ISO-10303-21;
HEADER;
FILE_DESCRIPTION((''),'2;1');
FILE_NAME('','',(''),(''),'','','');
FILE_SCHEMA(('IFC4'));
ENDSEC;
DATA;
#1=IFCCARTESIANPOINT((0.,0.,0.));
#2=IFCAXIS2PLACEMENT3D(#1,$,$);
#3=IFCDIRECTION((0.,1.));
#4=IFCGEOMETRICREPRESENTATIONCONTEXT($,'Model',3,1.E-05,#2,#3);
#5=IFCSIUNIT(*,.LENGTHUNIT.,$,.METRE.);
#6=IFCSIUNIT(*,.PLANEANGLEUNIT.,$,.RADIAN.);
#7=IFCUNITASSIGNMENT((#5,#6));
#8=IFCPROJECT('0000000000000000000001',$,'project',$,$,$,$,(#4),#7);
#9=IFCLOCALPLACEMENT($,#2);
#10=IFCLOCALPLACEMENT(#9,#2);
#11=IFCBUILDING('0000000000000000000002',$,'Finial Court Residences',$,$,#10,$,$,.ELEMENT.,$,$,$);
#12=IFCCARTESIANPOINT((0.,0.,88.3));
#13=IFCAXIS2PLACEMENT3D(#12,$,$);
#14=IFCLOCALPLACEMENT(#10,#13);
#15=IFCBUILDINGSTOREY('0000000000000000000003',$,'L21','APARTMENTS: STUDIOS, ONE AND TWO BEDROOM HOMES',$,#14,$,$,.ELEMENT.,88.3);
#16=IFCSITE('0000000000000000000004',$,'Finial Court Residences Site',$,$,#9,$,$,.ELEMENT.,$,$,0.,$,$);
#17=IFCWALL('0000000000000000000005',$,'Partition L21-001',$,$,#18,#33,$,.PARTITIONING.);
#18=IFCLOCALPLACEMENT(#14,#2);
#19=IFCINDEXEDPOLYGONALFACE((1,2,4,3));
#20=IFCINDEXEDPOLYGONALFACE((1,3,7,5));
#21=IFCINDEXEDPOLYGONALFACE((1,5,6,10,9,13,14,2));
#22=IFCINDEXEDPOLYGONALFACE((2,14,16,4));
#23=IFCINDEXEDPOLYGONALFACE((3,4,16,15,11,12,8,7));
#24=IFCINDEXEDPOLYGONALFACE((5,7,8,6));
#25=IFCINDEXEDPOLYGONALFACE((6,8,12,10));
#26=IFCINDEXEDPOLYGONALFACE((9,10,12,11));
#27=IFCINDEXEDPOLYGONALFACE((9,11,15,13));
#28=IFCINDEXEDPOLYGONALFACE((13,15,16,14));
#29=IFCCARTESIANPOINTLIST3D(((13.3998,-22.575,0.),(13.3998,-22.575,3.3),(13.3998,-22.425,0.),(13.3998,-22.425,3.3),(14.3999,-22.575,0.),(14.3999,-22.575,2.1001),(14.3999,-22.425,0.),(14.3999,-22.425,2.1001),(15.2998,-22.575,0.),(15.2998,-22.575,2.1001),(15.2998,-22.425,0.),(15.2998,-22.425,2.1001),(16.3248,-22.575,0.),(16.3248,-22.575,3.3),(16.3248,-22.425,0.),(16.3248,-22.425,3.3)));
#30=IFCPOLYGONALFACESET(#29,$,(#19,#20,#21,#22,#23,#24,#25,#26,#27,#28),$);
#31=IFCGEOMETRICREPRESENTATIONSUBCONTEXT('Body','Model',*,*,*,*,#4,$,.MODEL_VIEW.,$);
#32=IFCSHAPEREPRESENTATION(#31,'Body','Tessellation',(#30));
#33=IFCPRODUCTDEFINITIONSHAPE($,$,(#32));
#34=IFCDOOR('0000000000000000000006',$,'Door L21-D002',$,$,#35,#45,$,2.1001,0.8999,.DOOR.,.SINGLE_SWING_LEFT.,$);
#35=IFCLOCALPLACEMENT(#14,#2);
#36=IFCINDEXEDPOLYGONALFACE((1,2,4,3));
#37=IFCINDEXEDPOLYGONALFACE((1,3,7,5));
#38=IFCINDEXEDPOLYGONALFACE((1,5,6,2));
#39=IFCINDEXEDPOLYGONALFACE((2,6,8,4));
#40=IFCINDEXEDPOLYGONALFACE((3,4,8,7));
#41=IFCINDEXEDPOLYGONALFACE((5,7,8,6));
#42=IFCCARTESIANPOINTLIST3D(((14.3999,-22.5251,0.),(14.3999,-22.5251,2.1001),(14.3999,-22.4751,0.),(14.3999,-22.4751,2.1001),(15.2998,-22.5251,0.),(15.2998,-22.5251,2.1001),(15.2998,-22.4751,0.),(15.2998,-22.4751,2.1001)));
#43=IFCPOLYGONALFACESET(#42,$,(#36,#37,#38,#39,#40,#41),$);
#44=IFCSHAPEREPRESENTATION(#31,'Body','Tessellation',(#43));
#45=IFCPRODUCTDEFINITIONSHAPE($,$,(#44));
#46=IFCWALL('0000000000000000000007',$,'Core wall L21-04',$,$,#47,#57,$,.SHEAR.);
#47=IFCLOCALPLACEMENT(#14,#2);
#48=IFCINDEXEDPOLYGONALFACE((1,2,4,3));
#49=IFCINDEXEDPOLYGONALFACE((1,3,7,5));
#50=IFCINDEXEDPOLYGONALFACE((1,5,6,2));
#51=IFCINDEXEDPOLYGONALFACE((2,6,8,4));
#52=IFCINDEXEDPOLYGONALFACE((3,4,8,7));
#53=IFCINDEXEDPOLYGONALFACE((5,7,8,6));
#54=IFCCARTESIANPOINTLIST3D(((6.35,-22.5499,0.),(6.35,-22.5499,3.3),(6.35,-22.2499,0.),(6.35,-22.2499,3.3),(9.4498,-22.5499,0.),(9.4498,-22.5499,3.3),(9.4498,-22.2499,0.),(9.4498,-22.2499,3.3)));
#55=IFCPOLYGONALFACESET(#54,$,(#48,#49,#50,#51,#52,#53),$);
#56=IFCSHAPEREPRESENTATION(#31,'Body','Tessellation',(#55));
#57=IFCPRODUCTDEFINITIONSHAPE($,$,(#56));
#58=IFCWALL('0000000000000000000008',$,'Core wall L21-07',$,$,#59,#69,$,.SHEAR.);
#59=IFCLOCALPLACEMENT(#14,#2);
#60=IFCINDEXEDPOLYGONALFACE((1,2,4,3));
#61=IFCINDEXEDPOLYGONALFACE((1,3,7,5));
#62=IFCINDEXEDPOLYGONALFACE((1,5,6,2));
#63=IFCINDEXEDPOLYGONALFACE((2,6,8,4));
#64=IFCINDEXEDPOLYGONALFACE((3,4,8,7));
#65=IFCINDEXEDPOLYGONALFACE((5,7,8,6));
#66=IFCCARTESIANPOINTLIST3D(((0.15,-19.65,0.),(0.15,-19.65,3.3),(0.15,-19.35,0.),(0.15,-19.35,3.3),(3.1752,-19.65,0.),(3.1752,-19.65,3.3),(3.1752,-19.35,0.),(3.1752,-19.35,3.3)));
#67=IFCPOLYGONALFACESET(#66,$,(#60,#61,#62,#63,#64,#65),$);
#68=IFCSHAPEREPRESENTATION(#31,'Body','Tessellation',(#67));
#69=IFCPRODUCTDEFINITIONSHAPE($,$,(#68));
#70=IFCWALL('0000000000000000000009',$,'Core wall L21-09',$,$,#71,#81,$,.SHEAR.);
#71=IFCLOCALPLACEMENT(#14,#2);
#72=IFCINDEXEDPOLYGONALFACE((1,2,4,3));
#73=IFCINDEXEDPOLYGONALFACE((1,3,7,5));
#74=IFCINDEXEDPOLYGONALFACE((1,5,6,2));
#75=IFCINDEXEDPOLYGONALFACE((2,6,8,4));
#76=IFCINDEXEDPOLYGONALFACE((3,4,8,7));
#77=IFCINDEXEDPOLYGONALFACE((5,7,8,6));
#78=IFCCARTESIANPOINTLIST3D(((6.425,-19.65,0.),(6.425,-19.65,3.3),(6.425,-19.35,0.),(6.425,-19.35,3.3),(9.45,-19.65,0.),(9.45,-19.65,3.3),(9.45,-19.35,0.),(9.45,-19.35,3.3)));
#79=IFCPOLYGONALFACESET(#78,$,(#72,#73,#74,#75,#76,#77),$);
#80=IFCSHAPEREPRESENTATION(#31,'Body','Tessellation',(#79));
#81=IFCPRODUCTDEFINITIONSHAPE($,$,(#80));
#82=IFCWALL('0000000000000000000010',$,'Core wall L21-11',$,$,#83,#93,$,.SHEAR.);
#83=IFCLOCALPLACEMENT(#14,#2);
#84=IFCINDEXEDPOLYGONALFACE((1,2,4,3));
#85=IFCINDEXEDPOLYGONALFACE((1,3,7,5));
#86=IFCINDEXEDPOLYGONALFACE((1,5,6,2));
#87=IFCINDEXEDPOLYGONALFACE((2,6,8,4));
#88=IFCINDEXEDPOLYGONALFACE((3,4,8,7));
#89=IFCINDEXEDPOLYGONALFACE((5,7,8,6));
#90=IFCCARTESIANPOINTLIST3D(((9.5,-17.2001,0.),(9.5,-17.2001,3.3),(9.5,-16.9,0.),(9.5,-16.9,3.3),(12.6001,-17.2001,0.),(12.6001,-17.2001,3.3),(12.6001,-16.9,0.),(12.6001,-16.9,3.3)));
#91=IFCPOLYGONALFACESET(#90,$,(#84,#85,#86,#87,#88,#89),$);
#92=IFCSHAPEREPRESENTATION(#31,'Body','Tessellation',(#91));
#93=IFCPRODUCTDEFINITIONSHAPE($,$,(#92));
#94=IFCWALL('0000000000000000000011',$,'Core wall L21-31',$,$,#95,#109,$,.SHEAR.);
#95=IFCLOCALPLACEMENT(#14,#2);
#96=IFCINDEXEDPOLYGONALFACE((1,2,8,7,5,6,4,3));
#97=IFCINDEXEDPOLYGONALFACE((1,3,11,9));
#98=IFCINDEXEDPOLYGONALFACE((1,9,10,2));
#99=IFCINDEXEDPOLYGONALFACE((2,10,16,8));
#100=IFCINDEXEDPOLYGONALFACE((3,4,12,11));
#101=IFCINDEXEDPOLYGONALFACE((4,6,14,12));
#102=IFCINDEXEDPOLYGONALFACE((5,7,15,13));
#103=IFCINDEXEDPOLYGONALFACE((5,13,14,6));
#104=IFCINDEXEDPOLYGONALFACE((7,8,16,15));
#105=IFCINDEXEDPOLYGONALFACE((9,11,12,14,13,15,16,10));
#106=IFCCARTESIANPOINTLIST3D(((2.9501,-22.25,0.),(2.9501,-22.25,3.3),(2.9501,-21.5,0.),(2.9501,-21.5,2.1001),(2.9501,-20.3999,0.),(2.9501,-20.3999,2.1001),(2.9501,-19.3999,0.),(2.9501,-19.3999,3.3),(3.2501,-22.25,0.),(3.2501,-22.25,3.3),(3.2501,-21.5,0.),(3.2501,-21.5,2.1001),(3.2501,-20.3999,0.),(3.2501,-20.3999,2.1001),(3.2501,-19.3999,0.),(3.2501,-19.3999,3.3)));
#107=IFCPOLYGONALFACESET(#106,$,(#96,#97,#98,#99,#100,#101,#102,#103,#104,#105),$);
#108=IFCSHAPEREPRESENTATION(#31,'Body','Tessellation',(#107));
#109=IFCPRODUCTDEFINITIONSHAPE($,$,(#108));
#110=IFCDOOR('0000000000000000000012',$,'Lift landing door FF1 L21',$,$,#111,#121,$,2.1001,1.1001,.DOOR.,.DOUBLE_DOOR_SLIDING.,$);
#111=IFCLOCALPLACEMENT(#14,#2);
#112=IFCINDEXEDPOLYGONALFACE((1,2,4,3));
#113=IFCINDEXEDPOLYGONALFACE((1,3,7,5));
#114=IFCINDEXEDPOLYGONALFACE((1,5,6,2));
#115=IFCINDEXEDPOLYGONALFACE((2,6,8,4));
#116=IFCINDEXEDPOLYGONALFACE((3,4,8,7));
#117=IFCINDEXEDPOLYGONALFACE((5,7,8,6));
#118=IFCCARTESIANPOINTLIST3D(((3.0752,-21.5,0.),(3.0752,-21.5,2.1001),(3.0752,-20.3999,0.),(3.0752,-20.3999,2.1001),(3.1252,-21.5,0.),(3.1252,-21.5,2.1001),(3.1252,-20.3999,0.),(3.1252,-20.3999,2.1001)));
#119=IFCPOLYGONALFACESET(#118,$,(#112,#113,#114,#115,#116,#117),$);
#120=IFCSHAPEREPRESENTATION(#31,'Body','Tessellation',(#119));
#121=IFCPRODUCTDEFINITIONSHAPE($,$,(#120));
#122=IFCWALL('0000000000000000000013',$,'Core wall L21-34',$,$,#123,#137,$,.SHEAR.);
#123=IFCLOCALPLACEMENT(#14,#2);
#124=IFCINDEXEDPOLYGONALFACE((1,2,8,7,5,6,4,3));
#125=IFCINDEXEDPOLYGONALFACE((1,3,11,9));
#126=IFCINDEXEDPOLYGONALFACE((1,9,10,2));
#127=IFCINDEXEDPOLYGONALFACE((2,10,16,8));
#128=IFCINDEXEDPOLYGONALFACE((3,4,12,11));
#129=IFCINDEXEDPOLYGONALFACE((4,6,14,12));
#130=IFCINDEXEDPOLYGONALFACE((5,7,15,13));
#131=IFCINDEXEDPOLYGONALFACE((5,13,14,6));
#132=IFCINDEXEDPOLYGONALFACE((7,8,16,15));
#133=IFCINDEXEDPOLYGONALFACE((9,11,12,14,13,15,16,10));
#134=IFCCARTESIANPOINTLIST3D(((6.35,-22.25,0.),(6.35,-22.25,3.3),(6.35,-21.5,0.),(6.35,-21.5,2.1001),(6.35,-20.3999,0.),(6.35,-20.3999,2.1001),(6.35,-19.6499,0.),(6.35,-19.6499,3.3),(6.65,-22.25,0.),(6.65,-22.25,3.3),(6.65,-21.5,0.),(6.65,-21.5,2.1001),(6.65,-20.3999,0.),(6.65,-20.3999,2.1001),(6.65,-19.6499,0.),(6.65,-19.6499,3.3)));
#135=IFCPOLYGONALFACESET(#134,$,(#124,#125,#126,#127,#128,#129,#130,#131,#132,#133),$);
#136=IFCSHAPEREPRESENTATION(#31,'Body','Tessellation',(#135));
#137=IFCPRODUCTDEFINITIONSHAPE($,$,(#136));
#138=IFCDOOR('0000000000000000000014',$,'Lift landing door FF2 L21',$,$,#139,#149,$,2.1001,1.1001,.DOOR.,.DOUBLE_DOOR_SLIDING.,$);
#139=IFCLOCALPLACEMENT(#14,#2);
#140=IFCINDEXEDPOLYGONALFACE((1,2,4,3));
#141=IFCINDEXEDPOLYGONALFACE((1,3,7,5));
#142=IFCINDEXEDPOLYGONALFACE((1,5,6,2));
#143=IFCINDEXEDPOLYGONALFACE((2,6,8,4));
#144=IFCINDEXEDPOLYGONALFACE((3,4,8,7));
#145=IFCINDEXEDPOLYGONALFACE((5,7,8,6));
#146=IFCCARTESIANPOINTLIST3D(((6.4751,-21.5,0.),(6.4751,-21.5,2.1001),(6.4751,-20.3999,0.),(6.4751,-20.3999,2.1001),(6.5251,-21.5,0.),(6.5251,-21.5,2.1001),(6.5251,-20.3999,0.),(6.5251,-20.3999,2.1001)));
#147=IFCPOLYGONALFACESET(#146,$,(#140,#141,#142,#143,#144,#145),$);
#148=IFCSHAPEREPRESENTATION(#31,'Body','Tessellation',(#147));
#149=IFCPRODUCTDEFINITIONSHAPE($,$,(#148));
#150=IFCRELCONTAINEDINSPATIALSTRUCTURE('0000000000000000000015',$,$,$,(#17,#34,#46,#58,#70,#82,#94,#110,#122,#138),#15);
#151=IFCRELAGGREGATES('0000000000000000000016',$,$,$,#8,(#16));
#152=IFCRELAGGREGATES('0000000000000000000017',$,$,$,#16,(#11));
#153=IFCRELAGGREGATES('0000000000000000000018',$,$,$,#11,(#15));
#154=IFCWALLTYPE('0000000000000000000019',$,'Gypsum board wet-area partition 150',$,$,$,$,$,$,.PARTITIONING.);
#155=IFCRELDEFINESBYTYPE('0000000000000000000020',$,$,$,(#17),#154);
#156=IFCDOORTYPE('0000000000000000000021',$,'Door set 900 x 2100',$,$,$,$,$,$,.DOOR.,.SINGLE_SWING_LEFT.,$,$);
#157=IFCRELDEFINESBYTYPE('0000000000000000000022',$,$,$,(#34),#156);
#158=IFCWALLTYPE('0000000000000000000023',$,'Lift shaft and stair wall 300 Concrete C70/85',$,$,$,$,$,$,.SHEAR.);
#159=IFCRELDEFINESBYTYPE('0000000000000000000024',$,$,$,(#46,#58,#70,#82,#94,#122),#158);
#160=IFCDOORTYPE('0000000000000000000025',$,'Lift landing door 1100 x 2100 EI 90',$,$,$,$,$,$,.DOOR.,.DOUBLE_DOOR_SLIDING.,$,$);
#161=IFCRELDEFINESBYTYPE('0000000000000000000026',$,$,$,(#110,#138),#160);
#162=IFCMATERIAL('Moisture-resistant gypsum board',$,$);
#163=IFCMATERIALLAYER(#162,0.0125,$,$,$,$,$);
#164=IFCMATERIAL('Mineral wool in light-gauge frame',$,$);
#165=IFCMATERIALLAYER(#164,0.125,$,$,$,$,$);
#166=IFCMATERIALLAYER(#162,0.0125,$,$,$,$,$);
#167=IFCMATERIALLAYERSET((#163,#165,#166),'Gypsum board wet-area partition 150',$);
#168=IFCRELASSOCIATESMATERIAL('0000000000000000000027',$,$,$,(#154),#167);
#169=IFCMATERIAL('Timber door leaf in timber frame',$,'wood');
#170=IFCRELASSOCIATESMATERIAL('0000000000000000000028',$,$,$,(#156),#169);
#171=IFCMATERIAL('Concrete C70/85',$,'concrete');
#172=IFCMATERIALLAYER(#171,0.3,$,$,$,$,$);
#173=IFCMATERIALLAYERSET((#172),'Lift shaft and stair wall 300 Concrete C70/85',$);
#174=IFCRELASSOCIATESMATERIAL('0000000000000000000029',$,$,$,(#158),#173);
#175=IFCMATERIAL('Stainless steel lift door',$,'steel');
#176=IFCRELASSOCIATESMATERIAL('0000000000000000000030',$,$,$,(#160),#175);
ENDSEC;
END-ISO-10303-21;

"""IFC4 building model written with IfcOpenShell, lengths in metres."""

from ifc_helpers import new_model, si_unit, direction, frame, frame_2d, origin, place, context, subcontext, project, spatial, rectangle, extrude, material, layer, layer_set, type_object, element, fill, save


model = new_model("IFC4")

# Units and contexts
model_context = context("Model", 3, precision=1e-05, world=origin(), true_north=direction((0.0, 1.0)))
body_context = subcontext(model_context, "Body", "Model", "MODEL_VIEW")
ifc_project = project(units=[si_unit("LENGTHUNIT", "METRE"), si_unit("PLANEANGLEUNIT", "RADIAN")], contexts=[model_context])

# Site, building, storey
site_placement = place(None, origin())
site = spatial("IfcSite", under=ifc_project, at=site_placement, Name="Finial Court Residences Site", CompositionType="ELEMENT", RefElevation=0.0)
building_placement = place(site_placement, origin())
building = spatial("IfcBuilding", under=site, at=building_placement, Name="Finial Court Residences", CompositionType="ELEMENT")
storey_placement = place(building_placement, frame((0.0, 0.0, 88.3)))
storey = spatial("IfcBuildingStorey", under=building, at=storey_placement, Name="L21", Description="APARTMENTS: STUDIOS, ONE AND TWO BEDROOM HOMES", CompositionType="ELEMENT", Elevation=88.3)

# Shared definitions
ifc_material_1 = material(Name="Concrete C70/85", Category="concrete")

# Wall, opening, door
ifc_material_2 = material(Name="Moisture-resistant gypsum board")
ifc_layer_1 = layer(ifc_material_2, 0.0125)
ifc_material_3 = material(Name="Mineral wool in light-gauge frame")
ifc_layer_2 = layer(ifc_material_3, 0.125)
ifc_layer_3 = layer(ifc_material_2, 0.0125)
ifc_layer_set_1 = layer_set([ifc_layer_1, ifc_layer_2, ifc_layer_3], Name="Gypsum board wet-area partition 150")
wall_type_1 = type_object("IfcWallType", Name="Gypsum board wet-area partition 150", PredefinedType="PARTITIONING", material=ifc_layer_set_1)
wall_1_placement = place(storey_placement, frame((13.3999, -22.5, 0.0), z_axis=(0.0, 0.0, 1.0), x_axis=(1.0, 0.0, 0.0)))
wall_1 = element("IfcWall", 1, at=wall_1_placement, inside=storey, type_object=wall_type_1, Name="Partition L21-001", PredefinedType="PARTITIONING", context=body_context, shape_type="SweptSolid", body=[
    extrude(rectangle(XDim=2.925, YDim=0.1499, at=frame_2d((1.4624, 0.0))), origin(), (0.0, 0.0, 1.0), 3.3),
])
opening_1_placement = place(wall_1_placement, frame((1.0, 0.0, 0.0)))
opening_1 = element("IfcOpeningElement", 2, at=opening_1_placement, cuts=wall_1, PredefinedType="OPENING", context=body_context, shape_type="SweptSolid", body=[
    extrude(rectangle(XDim=0.8999, YDim=2.1001, at=frame_2d((0.45, 1.05))), frame((0.0, 0.085, 0.0), z_axis=(0.0, -1.0, 0.0), x_axis=(1.0, 0.0, 0.0)), (0.0, 0.0, 1.0), 0.1699),
])
ifc_material_4 = material(Name="Timber door leaf in timber frame", Category="wood")
door_type_1 = type_object("IfcDoorType", Name="Door set 900 x 2100", OperationType="SINGLE_SWING_LEFT", PredefinedType="DOOR", material=ifc_material_4)
door_1_placement = place(opening_1_placement, origin())
door_1 = element("IfcDoor", 3, at=door_1_placement, inside=storey, type_object=door_type_1, Name="Door L21-D002", OperationType="SINGLE_SWING_LEFT", OverallHeight=2.1001, OverallWidth=0.8999, PredefinedType="DOOR", context=body_context, shape_type="SweptSolid", body=[
    extrude(rectangle(XDim=0.8999, YDim=2.1001, at=frame_2d((0.45, 1.05))), frame((0.0, 0.0249, 0.0), z_axis=(0.0, -1.0, 0.0), x_axis=(1.0, 0.0, 0.0)), (0.0, 0.0, 1.0), 0.05),
])
fill(opening_1, door_1)

# Walls
ifc_layer_4 = layer(ifc_material_1, 0.3)
ifc_layer_set_2 = layer_set([ifc_layer_4], Name="Lift shaft and stair wall 300 Concrete C70/85")
wall_type_2 = type_object("IfcWallType", Name="Lift shaft and stair wall 300 Concrete C70/85", PredefinedType="SHEAR", material=ifc_layer_set_2)
wall_2_placement = place(storey_placement, frame((6.3501, -22.3999, 0.0), z_axis=(0.0, 0.0, 1.0), x_axis=(1.0, 0.0, 0.0)))
element("IfcWall", 4, at=wall_2_placement, inside=storey, type_object=wall_type_2, Name="Core wall L21-04", PredefinedType="SHEAR", context=body_context, shape_type="SweptSolid", body=[
    extrude(rectangle(XDim=3.0999, YDim=0.3, at=frame_2d((1.5498, 0.0))), origin(), (0.0, 0.0, 1.0), 3.3),
])
wall_3_placement = place(storey_placement, frame((0.1499, -19.5, 0.0), z_axis=(0.0, 0.0, 1.0), x_axis=(1.0, 0.0, 0.0)))
element("IfcWall", 5, at=wall_3_placement, inside=storey, type_object=wall_type_2, Name="Core wall L21-07", PredefinedType="SHEAR", context=body_context, shape_type="SweptSolid", body=[
    extrude(rectangle(XDim=3.0251, YDim=0.3, at=frame_2d((1.5127, 0.0))), origin(), (0.0, 0.0, 1.0), 3.3),
])
wall_4_placement = place(storey_placement, frame((6.425, -19.5, 0.0), z_axis=(0.0, 0.0, 1.0), x_axis=(1.0, 0.0, 0.0)))
element("IfcWall", 6, at=wall_4_placement, inside=storey, type_object=wall_type_2, Name="Core wall L21-09", PredefinedType="SHEAR", context=body_context, shape_type="SweptSolid", body=[
    extrude(rectangle(XDim=3.0249, YDim=0.3, at=frame_2d((1.5125, 0.0))), origin(), (0.0, 0.0, 1.0), 3.3),
])
wall_5_placement = place(storey_placement, frame((9.5, -17.05, 0.0), z_axis=(0.0, 0.0, 1.0), x_axis=(1.0, 0.0, 0.0)))
element("IfcWall", 7, at=wall_5_placement, inside=storey, type_object=wall_type_2, Name="Core wall L21-11", PredefinedType="SHEAR", context=body_context, shape_type="SweptSolid", body=[
    extrude(rectangle(XDim=3.1001, YDim=0.3, at=frame_2d((1.55, 0.0))), origin(), (0.0, 0.0, 1.0), 3.3),
])

# Walls, openings, doors
wall_6_placement = place(storey_placement, frame((3.1001, -22.25, 0.0), z_axis=(0.0, 0.0, 1.0), x_axis=(0.0, 1.0, 0.0)))
wall_6 = element("IfcWall", 8, at=wall_6_placement, inside=storey, type_object=wall_type_2, Name="Core wall L21-31", PredefinedType="SHEAR", context=body_context, shape_type="SweptSolid", body=[
    extrude(rectangle(XDim=2.8501, YDim=0.3, at=frame_2d((1.425, 0.0))), origin(), (0.0, 0.0, 1.0), 3.3),
])
opening_2_placement = place(wall_6_placement, frame((0.75, 0.0, 0.0)))
opening_2 = element("IfcOpeningElement", 9, at=opening_2_placement, cuts=wall_6, PredefinedType="OPENING", context=body_context, shape_type="SweptSolid", body=[
    extrude(rectangle(XDim=1.1001, YDim=2.1001, at=frame_2d((0.55, 1.05))), frame((0.0, 0.1599, 0.0), z_axis=(0.0, -1.0, 0.0), x_axis=(1.0, 0.0, 0.0)), (0.0, 0.0, 1.0), 0.3201),
])
ifc_material_5 = material(Name="Stainless steel lift door", Category="steel")
door_type_2 = type_object("IfcDoorType", Name="Lift landing door 1100 x 2100 EI 90", OperationType="DOUBLE_DOOR_SLIDING", PredefinedType="DOOR", material=ifc_material_5)
door_2_placement = place(opening_2_placement, origin())
door_2 = element("IfcDoor", 10, at=door_2_placement, inside=storey, type_object=door_type_2, Name="Lift landing door FF1 L21", OperationType="DOUBLE_DOOR_SLIDING", OverallHeight=2.1001, OverallWidth=1.1001, PredefinedType="DOOR", context=body_context, shape_type="SweptSolid", body=[
    extrude(rectangle(XDim=1.1001, YDim=2.1001, at=frame_2d((0.55, 1.05))), frame((0.0, 0.0249, 0.0), z_axis=(0.0, -1.0, 0.0), x_axis=(1.0, 0.0, 0.0)), (0.0, 0.0, 1.0), 0.05),
])
fill(opening_2, door_2)
wall_7_placement = place(storey_placement, frame((6.5, -22.25, 0.0), z_axis=(0.0, 0.0, 1.0), x_axis=(0.0, 1.0, 0.0)))
wall_7 = element("IfcWall", 11, at=wall_7_placement, inside=storey, type_object=wall_type_2, Name="Core wall L21-34", PredefinedType="SHEAR", context=body_context, shape_type="SweptSolid", body=[
    extrude(rectangle(XDim=2.6001, YDim=0.3, at=frame_2d((1.3, 0.0))), origin(), (0.0, 0.0, 1.0), 3.3),
])
opening_3_placement = place(wall_7_placement, frame((0.75, 0.0, 0.0)))
opening_3 = element("IfcOpeningElement", 12, at=opening_3_placement, cuts=wall_7, PredefinedType="OPENING", context=body_context, shape_type="SweptSolid", body=[
    extrude(rectangle(XDim=1.1001, YDim=2.1001, at=frame_2d((0.55, 1.05))), frame((0.0, 0.1599, 0.0), z_axis=(0.0, -1.0, 0.0), x_axis=(1.0, 0.0, 0.0)), (0.0, 0.0, 1.0), 0.3201),
])
door_3_placement = place(opening_3_placement, origin())
door_3 = element("IfcDoor", 13, at=door_3_placement, inside=storey, type_object=door_type_2, Name="Lift landing door FF2 L21", OperationType="DOUBLE_DOOR_SLIDING", OverallHeight=2.1001, OverallWidth=1.1001, PredefinedType="DOOR", context=body_context, shape_type="SweptSolid", body=[
    extrude(rectangle(XDim=1.1001, YDim=2.1001, at=frame_2d((0.55, 1.05))), frame((0.0, 0.0249, 0.0), z_axis=(0.0, -1.0, 0.0), x_axis=(1.0, 0.0, 0.0)), (0.0, 0.0, 1.0), 0.05),
])
fill(opening_3, door_3)

save(model, "model.ifc")
